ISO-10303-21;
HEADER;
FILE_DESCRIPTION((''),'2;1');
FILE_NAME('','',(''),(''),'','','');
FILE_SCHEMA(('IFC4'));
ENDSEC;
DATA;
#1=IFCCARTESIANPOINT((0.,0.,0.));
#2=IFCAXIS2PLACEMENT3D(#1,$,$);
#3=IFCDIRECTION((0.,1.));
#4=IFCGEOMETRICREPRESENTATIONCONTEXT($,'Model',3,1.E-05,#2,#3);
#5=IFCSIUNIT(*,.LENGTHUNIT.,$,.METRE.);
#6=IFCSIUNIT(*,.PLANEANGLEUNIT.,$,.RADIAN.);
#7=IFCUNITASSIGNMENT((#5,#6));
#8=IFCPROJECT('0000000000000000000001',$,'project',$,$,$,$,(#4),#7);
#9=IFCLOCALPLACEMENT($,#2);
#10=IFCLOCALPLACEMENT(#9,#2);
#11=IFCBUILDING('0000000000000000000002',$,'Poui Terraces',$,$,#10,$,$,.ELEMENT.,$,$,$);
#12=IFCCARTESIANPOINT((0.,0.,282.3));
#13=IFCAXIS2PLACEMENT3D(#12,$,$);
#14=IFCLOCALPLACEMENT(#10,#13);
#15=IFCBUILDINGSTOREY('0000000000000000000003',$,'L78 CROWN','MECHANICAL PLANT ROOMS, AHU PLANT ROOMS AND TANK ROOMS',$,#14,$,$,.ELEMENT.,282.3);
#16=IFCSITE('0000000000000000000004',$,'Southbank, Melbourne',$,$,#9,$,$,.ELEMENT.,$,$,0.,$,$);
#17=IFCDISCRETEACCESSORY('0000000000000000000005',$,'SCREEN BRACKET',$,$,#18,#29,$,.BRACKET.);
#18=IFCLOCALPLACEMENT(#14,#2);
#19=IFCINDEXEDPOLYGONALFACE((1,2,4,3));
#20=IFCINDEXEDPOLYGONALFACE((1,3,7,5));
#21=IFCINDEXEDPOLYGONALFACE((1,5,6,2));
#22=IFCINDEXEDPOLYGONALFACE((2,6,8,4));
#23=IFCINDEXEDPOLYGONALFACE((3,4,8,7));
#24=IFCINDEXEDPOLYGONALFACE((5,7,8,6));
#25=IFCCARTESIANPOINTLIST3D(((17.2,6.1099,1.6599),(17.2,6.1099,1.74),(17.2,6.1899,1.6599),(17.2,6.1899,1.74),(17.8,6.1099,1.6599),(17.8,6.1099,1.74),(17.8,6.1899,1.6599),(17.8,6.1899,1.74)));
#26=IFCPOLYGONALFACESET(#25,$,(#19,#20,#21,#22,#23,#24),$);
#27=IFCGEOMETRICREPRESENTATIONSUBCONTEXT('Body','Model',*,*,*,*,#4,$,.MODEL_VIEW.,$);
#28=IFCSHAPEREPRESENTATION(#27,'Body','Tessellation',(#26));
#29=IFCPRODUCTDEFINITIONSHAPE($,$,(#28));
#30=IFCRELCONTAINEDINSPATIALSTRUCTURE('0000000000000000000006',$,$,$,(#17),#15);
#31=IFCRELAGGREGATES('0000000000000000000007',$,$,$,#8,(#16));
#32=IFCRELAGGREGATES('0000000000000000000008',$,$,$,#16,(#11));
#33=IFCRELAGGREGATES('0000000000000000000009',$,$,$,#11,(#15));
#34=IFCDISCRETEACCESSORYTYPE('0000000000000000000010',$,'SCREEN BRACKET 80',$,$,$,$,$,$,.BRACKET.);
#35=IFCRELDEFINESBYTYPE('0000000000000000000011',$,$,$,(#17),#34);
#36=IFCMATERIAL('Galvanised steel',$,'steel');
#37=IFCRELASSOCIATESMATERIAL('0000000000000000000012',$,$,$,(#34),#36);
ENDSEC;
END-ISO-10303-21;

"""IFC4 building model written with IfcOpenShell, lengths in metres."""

from ifc_helpers import new_model, si_unit, direction, frame, origin, origin_2d, place, context, subcontext, project, spatial, rectangle, extrude, source, transform, mapped, material, material_profile, profile_set, type_object, element, save


model = new_model("IFC4")

# Units and contexts
model_context = context("Model", 3, precision=1e-05, world=origin(), true_north=direction((0.0, 1.0)))
body_context = subcontext(model_context, "Body", "Model", "MODEL_VIEW")
ifc_project = project(units=[si_unit("LENGTHUNIT", "METRE"), si_unit("PLANEANGLEUNIT", "RADIAN")], contexts=[model_context])

# Site, building, storey
site_placement = place(None, origin())
site = spatial("IfcSite", under=ifc_project, at=site_placement, Name="Southbank, Melbourne", CompositionType="ELEMENT", RefElevation=0.0)
building_placement = place(site_placement, origin())
building = spatial("IfcBuilding", under=site, at=building_placement, Name="Poui Terraces", CompositionType="ELEMENT")
storey_placement = place(building_placement, frame((0.0, 0.0, 282.3)))
storey = spatial("IfcBuildingStorey", under=building, at=storey_placement, Name="L78 CROWN", Description="MECHANICAL PLANT ROOMS, AHU PLANT ROOMS AND TANK ROOMS", CompositionType="ELEMENT", Elevation=282.3)

# Discrete accessory
ifc_material_1 = material(Name="Galvanised steel", Category="steel")
ifc_material_profile_1 = material_profile(ifc_material_1, rectangle(XDim=0.0801, YDim=0.0801, at=origin_2d()), Name="SCREEN BRACKET 80")
ifc_profile_set_1 = profile_set([ifc_material_profile_1], Name="Galvanised steel")
discrete_accessory_type = type_object("IfcDiscreteAccessoryType", Name="SCREEN BRACKET 80", PredefinedType="BRACKET", material=ifc_profile_set_1)
shared_shape_1 = source(origin(), body_context, "Body", "SweptSolid", [
    extrude(rectangle(XDim=0.0801, YDim=0.0801, at=origin_2d()), origin(), (0.0, 0.0, 1.0), 0.6001),
])
for number, where, z_axis, x_axis, name in (
    (1, (17.8, 6.1499, 1.7), (-1.0, 0.0, 0.0), (0.0, -1.0, 0.0), "SCREEN BRACKET"),
):
    element("IfcDiscreteAccessory", number, at=place(storey_placement, frame(where, z_axis=z_axis, x_axis=x_axis)), inside=storey, type_object=discrete_accessory_type, Name=name, PredefinedType="BRACKET", context=body_context, shape_type="MappedRepresentation", body=[
        mapped(shared_shape_1, transform((0.0, 0.0, 0.0))),
    ])

save(model, "model.ifc")
